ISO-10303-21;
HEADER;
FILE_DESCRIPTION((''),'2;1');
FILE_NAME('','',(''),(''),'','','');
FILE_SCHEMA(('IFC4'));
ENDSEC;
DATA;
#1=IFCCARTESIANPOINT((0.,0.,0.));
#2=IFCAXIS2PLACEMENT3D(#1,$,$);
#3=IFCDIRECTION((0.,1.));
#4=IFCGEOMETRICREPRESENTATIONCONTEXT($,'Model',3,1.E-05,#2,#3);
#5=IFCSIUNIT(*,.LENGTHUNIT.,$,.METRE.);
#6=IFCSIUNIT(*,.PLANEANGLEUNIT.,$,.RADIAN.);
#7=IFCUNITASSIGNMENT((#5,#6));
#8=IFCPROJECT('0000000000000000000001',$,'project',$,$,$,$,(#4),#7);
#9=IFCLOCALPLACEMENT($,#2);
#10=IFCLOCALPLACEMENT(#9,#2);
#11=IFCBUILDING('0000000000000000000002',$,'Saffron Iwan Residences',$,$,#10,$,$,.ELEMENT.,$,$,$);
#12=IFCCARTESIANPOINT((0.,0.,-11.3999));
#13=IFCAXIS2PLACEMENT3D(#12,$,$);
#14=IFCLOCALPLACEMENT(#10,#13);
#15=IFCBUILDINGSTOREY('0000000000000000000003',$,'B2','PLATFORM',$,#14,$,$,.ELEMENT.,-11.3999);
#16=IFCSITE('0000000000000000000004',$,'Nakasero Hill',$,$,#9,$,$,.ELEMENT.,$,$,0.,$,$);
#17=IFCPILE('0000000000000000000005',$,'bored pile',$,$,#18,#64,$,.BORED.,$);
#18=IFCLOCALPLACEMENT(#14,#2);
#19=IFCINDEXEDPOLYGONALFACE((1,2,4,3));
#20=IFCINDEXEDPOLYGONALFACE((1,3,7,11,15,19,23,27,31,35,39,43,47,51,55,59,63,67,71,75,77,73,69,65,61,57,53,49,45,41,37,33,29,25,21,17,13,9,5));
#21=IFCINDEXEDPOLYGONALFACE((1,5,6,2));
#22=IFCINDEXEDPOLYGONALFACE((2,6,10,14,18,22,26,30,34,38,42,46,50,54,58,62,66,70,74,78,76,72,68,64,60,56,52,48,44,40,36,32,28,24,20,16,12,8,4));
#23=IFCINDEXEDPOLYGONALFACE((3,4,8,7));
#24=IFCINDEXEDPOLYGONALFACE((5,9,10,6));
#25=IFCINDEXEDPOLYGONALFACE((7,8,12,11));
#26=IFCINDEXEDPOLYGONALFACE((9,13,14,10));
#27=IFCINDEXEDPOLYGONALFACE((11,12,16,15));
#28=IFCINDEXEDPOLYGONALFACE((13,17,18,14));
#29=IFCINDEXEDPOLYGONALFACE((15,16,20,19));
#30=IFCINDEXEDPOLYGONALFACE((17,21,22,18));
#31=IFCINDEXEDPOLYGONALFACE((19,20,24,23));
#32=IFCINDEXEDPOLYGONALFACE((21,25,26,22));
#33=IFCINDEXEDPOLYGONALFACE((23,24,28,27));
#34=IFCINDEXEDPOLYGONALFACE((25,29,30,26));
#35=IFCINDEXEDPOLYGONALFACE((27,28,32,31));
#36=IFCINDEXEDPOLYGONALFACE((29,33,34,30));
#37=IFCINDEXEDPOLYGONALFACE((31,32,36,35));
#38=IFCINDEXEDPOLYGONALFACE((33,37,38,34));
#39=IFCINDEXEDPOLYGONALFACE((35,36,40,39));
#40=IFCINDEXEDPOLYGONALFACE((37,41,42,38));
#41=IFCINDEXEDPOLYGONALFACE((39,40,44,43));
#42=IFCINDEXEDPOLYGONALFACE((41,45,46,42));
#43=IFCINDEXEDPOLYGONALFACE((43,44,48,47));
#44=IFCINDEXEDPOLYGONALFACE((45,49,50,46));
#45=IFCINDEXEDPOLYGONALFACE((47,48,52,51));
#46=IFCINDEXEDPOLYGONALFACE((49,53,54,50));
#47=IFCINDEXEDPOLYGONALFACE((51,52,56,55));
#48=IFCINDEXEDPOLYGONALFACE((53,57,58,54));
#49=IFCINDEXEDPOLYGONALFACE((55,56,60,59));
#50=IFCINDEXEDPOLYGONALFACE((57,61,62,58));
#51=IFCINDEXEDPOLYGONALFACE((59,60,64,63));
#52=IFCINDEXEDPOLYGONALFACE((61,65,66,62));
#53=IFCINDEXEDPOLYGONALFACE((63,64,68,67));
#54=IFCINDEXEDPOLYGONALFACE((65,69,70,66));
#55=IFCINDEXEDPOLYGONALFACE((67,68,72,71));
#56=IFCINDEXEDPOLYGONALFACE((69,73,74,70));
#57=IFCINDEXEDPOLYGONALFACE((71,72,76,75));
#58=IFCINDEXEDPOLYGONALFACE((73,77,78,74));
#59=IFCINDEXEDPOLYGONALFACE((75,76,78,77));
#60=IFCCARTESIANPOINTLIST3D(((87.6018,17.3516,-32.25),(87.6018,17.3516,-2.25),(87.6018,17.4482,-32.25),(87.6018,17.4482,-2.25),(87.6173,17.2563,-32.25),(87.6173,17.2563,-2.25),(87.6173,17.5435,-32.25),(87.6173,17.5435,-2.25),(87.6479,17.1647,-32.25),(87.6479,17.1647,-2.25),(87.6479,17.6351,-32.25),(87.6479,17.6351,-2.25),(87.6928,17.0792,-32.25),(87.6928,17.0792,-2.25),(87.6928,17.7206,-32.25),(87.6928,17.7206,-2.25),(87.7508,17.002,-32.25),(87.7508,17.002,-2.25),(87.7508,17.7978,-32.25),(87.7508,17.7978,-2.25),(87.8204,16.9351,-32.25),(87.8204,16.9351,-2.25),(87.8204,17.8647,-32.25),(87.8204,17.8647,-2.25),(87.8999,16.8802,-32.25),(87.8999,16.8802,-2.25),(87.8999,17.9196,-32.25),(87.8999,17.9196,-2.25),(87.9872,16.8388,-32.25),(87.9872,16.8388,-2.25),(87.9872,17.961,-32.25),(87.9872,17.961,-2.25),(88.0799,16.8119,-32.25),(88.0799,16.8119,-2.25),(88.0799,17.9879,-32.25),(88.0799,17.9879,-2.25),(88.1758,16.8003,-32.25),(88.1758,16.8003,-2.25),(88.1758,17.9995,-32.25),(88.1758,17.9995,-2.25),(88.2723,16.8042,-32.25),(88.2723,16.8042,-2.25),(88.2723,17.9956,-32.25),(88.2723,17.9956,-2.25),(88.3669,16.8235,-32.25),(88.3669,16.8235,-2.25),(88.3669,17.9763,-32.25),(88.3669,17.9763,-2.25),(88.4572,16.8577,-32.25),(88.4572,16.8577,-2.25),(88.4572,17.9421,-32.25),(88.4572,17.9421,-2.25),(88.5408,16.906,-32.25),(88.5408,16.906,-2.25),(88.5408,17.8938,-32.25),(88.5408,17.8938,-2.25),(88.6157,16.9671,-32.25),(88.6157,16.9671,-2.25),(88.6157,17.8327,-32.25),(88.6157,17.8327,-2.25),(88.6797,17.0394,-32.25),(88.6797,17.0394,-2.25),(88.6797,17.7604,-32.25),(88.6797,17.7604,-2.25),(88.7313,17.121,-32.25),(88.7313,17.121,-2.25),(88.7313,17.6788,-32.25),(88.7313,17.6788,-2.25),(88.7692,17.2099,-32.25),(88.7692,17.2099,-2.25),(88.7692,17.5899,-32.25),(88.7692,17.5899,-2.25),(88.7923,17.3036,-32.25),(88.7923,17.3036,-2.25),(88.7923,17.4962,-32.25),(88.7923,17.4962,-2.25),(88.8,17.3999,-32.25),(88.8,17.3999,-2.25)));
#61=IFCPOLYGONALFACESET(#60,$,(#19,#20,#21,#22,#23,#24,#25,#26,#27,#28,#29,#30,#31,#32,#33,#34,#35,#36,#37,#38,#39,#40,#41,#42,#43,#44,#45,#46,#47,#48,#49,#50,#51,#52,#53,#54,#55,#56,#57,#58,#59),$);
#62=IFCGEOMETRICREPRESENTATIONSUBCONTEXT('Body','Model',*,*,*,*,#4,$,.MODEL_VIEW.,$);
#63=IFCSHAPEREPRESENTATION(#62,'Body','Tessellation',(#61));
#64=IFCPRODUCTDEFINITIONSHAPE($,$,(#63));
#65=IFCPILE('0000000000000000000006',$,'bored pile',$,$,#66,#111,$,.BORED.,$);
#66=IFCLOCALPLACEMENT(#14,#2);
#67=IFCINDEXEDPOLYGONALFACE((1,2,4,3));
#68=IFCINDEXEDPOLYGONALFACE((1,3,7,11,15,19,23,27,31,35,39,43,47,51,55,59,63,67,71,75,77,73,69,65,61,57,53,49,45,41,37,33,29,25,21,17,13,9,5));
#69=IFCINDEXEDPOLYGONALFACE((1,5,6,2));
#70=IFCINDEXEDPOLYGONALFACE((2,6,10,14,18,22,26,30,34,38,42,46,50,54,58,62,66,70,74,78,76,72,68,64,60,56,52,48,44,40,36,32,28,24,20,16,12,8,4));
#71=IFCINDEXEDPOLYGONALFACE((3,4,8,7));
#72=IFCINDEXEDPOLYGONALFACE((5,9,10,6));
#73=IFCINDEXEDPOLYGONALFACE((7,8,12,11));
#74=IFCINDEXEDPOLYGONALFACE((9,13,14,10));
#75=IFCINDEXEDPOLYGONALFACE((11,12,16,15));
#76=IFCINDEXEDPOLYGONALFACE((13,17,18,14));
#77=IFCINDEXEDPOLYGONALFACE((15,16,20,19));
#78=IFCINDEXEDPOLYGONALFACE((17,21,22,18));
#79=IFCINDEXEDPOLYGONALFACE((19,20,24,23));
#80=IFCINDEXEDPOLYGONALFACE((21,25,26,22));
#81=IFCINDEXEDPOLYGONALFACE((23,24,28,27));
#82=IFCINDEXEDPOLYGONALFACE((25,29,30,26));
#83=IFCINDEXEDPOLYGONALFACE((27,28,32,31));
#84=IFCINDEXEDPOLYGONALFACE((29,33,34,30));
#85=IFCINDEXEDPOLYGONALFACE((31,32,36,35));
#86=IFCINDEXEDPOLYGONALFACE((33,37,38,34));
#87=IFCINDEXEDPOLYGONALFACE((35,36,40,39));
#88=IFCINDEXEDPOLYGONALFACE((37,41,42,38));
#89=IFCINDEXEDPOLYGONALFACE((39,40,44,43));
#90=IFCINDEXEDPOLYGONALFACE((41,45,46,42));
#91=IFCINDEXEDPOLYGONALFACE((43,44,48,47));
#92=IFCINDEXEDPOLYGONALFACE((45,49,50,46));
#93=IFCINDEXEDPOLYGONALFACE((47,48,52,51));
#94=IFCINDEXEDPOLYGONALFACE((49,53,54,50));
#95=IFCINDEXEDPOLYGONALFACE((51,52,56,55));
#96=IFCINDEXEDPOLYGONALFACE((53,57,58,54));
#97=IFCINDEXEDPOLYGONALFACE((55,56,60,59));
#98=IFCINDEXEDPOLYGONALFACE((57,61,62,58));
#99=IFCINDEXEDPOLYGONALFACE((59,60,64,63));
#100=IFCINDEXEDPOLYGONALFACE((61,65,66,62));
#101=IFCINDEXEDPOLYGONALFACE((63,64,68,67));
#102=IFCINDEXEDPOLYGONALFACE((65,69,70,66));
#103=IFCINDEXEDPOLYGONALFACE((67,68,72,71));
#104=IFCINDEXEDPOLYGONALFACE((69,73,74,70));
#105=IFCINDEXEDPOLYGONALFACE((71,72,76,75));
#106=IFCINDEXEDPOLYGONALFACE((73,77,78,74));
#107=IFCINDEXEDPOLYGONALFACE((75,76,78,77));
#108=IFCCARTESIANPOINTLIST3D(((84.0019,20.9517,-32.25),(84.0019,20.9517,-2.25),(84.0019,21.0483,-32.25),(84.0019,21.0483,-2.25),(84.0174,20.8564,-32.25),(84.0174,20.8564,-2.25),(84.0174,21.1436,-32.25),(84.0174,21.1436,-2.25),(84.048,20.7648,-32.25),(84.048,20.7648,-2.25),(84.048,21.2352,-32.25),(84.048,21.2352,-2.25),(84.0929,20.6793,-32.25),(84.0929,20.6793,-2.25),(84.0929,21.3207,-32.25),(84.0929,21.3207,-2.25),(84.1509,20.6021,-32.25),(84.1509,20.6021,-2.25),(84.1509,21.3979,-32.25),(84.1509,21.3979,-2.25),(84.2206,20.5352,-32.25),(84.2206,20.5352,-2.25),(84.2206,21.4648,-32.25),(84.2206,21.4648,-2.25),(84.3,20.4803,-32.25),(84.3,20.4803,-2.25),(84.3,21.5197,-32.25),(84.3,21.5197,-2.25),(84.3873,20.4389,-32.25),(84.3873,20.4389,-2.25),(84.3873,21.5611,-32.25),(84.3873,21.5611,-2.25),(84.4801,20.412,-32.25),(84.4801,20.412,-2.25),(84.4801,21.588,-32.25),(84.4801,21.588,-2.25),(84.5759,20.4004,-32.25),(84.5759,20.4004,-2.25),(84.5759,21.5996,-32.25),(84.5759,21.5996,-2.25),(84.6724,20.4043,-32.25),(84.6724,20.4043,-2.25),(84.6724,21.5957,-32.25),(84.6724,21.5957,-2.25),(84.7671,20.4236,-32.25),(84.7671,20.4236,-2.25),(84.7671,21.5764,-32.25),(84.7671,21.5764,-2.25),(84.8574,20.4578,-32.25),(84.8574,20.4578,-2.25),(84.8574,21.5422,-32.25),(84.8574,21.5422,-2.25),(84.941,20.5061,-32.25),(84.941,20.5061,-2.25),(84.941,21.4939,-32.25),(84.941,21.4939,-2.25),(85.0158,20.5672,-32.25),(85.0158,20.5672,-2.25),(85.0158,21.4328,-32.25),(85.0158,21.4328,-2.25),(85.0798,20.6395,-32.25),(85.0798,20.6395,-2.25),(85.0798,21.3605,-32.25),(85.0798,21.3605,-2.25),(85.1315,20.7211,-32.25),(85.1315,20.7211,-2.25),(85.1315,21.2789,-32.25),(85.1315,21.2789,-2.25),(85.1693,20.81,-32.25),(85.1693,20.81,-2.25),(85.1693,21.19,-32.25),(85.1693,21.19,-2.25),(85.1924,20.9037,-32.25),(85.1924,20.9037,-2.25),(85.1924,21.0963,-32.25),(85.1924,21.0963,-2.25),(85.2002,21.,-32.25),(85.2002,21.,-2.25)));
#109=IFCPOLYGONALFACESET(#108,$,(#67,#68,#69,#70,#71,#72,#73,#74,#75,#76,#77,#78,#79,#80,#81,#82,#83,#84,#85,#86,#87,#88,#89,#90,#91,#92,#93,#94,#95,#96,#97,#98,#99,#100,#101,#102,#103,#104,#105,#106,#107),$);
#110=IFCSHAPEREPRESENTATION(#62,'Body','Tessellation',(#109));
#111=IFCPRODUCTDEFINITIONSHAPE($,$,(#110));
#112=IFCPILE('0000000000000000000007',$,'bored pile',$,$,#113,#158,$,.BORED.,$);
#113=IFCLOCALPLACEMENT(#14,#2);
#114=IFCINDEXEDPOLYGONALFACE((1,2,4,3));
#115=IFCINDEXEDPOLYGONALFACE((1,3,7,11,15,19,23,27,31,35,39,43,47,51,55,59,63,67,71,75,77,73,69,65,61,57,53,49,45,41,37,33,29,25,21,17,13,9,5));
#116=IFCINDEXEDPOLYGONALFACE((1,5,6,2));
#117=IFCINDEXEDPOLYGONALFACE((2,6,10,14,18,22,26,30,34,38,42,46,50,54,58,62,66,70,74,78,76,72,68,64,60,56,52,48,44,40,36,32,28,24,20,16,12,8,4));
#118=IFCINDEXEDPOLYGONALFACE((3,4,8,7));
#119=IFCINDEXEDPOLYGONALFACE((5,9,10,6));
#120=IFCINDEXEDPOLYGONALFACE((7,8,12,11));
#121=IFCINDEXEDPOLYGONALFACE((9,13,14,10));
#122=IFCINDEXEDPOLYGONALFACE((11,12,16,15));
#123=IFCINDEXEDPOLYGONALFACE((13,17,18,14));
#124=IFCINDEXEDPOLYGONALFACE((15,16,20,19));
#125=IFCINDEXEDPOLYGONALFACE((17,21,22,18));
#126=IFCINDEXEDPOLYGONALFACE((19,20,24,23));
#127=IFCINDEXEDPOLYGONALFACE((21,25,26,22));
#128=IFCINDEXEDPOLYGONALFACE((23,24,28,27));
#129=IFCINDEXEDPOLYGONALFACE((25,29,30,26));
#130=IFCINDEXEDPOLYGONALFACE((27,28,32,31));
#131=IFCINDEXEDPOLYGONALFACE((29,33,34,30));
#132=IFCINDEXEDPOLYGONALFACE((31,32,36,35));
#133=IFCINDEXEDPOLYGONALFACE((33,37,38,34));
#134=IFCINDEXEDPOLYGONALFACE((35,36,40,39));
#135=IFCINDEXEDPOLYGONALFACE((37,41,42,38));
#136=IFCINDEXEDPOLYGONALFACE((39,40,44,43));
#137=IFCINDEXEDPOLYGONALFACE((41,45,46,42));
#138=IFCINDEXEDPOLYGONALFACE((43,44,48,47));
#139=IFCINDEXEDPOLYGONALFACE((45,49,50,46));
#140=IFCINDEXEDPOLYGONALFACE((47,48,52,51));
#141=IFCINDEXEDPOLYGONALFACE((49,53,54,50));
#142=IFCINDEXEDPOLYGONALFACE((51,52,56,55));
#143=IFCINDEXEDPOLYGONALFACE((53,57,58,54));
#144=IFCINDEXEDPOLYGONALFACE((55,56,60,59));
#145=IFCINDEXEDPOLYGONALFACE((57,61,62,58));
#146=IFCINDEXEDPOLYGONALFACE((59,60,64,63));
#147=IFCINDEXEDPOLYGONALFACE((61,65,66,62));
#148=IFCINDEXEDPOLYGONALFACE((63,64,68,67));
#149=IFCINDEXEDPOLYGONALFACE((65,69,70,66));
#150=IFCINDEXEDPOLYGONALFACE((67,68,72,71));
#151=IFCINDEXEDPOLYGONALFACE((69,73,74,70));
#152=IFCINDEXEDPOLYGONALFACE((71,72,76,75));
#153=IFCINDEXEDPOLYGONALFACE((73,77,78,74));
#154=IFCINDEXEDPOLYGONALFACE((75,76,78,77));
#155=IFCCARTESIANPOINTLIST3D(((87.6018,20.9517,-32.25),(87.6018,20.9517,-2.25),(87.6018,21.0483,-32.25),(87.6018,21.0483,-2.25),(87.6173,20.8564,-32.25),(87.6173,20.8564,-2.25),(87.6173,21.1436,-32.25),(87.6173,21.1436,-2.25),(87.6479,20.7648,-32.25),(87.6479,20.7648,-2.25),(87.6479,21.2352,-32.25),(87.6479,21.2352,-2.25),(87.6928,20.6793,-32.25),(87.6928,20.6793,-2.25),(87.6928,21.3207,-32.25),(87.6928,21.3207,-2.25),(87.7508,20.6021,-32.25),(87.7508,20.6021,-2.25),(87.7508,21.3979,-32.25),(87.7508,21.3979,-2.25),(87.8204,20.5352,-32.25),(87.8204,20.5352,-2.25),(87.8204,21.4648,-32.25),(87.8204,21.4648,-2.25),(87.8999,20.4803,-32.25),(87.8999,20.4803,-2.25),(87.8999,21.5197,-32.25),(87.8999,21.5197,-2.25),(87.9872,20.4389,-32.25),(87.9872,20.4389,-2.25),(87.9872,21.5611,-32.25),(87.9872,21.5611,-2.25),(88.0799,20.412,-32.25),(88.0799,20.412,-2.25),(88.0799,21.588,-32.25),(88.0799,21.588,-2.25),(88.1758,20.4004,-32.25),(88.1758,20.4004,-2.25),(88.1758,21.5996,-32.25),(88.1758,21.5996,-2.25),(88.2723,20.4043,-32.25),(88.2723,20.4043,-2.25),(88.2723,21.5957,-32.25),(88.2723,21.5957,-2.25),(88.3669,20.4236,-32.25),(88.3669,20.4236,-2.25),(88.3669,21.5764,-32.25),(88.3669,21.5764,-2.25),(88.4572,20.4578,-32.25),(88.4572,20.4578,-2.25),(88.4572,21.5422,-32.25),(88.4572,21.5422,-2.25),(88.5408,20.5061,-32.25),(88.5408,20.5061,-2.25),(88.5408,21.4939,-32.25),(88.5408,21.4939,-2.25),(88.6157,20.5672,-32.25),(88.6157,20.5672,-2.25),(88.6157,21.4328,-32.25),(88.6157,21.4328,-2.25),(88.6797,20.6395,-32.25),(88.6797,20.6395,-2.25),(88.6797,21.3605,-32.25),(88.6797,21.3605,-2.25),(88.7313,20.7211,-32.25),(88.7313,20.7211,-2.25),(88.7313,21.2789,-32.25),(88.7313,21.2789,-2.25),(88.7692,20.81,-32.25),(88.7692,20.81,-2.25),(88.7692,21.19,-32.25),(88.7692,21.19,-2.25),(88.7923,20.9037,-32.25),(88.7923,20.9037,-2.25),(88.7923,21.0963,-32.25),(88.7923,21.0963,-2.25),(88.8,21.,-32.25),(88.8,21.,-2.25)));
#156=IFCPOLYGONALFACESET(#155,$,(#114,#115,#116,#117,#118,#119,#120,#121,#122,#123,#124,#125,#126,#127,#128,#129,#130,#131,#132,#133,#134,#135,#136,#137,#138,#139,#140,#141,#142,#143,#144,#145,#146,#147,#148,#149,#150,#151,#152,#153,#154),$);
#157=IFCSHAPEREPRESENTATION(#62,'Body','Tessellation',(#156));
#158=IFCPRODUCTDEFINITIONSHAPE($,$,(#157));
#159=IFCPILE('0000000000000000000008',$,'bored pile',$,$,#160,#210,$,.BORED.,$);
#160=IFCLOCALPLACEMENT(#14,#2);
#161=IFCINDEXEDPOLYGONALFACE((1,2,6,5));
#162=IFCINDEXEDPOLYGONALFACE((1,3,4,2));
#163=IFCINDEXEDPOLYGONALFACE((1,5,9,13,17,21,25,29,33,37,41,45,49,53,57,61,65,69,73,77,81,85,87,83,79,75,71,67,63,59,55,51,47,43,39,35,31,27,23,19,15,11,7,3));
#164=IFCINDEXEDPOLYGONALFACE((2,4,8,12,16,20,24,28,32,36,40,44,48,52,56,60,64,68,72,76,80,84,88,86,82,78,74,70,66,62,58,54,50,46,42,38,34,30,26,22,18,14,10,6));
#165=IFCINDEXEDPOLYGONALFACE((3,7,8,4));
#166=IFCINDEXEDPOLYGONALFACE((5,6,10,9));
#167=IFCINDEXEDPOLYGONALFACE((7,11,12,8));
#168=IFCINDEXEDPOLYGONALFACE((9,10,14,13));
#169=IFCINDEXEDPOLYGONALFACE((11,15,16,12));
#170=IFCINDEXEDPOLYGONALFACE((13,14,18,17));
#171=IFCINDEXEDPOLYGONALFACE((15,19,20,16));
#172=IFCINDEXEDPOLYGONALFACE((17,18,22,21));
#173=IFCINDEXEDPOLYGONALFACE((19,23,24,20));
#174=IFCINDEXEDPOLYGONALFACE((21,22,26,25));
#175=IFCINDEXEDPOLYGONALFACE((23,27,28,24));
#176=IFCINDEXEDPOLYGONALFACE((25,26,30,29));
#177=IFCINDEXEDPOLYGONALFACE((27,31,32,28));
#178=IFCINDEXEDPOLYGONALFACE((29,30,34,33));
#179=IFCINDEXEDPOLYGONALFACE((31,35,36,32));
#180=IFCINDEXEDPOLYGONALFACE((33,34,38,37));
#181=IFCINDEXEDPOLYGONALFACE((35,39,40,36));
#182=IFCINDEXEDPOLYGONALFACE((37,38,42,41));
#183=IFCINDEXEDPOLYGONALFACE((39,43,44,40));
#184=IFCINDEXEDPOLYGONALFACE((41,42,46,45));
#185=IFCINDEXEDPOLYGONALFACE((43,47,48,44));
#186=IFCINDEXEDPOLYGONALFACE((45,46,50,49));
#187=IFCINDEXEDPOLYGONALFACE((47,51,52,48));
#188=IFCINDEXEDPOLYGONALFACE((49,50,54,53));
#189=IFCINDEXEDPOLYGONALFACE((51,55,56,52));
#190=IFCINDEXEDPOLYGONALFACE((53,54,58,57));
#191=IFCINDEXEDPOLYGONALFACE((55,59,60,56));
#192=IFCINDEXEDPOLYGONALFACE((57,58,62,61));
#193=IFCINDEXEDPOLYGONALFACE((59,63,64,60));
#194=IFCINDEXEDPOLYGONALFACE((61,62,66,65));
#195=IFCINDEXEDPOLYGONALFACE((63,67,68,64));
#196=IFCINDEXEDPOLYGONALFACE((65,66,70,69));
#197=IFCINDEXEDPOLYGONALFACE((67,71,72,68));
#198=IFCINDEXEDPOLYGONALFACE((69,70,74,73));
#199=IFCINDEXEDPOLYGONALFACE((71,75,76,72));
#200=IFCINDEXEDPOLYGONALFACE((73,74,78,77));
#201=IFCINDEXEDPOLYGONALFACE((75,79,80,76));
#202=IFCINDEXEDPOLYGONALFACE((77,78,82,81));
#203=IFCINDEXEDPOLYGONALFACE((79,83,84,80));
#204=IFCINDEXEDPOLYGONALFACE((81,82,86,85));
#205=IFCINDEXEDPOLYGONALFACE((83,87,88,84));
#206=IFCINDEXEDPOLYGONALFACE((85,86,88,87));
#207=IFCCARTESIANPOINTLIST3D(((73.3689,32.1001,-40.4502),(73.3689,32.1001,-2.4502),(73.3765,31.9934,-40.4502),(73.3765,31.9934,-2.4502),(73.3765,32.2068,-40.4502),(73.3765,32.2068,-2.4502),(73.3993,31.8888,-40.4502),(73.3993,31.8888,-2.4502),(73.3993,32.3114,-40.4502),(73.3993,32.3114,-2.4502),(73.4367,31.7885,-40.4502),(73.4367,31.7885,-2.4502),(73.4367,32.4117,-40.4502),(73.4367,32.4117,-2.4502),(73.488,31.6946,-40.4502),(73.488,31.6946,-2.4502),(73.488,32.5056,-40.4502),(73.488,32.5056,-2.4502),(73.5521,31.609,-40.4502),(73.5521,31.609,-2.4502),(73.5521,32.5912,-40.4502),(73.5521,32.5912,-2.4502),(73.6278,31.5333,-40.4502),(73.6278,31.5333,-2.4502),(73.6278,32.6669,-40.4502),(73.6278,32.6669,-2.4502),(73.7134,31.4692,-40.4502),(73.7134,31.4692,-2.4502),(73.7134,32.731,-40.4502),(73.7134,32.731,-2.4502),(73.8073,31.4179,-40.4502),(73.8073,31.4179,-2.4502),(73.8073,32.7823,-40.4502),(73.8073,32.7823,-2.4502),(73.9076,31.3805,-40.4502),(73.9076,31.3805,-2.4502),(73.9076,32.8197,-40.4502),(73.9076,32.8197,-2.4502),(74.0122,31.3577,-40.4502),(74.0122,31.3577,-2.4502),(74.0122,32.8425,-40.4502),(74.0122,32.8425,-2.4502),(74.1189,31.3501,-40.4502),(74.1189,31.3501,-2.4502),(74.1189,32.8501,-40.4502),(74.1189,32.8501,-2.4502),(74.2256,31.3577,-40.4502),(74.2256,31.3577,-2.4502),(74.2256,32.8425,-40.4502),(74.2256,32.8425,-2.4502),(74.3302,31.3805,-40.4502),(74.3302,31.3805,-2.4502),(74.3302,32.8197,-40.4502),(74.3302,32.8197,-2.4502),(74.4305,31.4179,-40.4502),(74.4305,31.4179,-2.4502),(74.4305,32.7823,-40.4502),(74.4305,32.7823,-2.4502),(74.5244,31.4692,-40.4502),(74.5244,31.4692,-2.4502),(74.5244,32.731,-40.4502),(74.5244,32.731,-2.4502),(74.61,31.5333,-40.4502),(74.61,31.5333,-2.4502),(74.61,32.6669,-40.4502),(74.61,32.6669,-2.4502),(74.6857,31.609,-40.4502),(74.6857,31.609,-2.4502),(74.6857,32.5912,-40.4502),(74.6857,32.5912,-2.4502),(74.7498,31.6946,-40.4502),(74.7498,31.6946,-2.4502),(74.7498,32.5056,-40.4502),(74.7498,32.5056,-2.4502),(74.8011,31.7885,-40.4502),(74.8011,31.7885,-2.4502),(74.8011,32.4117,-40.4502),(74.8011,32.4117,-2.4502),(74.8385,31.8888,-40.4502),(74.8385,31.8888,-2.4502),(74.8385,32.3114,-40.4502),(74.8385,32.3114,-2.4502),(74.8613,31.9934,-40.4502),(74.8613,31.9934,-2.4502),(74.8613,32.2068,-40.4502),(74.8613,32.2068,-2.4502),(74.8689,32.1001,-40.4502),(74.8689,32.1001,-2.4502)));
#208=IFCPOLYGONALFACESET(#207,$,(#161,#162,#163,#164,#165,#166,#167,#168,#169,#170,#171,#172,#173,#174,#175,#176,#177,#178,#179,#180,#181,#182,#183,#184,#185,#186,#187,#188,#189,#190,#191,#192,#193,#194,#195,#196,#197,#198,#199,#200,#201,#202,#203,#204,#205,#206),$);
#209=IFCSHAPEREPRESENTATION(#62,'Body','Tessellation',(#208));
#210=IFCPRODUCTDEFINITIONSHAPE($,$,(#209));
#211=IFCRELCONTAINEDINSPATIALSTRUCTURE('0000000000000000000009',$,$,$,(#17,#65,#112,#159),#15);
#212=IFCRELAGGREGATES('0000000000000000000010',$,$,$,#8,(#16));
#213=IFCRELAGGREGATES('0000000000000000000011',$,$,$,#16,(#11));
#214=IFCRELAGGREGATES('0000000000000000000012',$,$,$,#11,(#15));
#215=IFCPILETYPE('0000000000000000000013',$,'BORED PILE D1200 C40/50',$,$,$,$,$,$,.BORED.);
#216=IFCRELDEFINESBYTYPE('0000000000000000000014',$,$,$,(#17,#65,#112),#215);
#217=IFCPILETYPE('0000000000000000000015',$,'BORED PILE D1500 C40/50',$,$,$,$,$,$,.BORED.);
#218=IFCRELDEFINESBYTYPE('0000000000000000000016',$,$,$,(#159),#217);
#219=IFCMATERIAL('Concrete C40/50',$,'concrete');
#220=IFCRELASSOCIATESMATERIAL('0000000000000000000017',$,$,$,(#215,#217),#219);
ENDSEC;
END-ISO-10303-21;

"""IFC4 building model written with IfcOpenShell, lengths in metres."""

from ifc_helpers import new_model, si_unit, direction, frame, origin, origin_2d, place, context, subcontext, project, spatial, circle, extrude, material, material_profile, profile_set, type_object, element, save


model = new_model("IFC4")

# Units and contexts
model_context = context("Model", 3, precision=1e-05, world=origin(), true_north=direction((0.0, 1.0)))
body_context = subcontext(model_context, "Body", "Model", "MODEL_VIEW")
ifc_project = project(units=[si_unit("LENGTHUNIT", "METRE"), si_unit("PLANEANGLEUNIT", "RADIAN")], contexts=[model_context])

# Site, building, storey
site_placement = place(None, origin())
site = spatial("IfcSite", under=ifc_project, at=site_placement, Name="Nakasero Hill", CompositionType="ELEMENT", RefElevation=0.0)
building_placement = place(site_placement, origin())
building = spatial("IfcBuilding", under=site, at=building_placement, Name="Saffron Iwan Residences", CompositionType="ELEMENT")
storey_placement = place(building_placement, frame((0.0, 0.0, -11.3999)))
storey = spatial("IfcBuildingStorey", under=building, at=storey_placement, Name="B2", Description="PLATFORM", CompositionType="ELEMENT", Elevation=-11.3999)

# Piles
ifc_material_1 = material(Name="Concrete C40/50", Category="concrete")
ifc_material_profile_1 = material_profile(ifc_material_1, circle(Radius=0.6001, at=origin_2d()), Name="RC D1200")
ifc_profile_set_1 = profile_set([ifc_material_profile_1], Name="Concrete C40/50")
pile_type_1 = type_object("IfcPileType", Name="BORED PILE D1200 C40/50", PredefinedType="BORED", material=ifc_profile_set_1)
for number, where, z_axis, x_axis, name in (
    (1, (88.2, 17.3999, -2.25), (0.0, 0.0, -1.0), (1.0, 0.0, 0.0), "bored pile"),
    (2, (84.6001, 21.0, -2.25), (0.0, 0.0, -1.0), (1.0, 0.0, 0.0), "bored pile"),
    (3, (88.2, 21.0, -2.25), (0.0, 0.0, -1.0), (1.0, 0.0, 0.0), "bored pile"),
):
    element("IfcPile", number, at=place(storey_placement, frame(where, z_axis=z_axis, x_axis=x_axis)), inside=storey, type_object=pile_type_1, Name=name, PredefinedType="BORED", context=body_context, shape_type="SweptSolid", body=[
        extrude(circle(Radius=0.6001, at=origin_2d()), origin(), (0.0, 0.0, 1.0), 30.0),
    ])
ifc_material_profile_2 = material_profile(ifc_material_1, circle(Radius=0.75, at=origin_2d()), Name="RC D1500")
ifc_profile_set_2 = profile_set([ifc_material_profile_2], Name="Concrete C40/50")
pile_type_2 = type_object("IfcPileType", Name="BORED PILE D1500 C40/50", PredefinedType="BORED", material=ifc_profile_set_2)
for number, where, z_axis, x_axis, name in (
    (4, (74.1189, 32.1001, -2.4502), (0.0, 0.0, -1.0), (1.0, 0.0, 0.0), "bored pile"),
):
    element("IfcPile", number, at=place(storey_placement, frame(where, z_axis=z_axis, x_axis=x_axis)), inside=storey, type_object=pile_type_2, Name=name, PredefinedType="BORED", context=body_context, shape_type="SweptSolid", body=[
        extrude(circle(Radius=0.75, at=origin_2d()), origin(), (0.0, 0.0, 1.0), 38.0),
    ])

save(model, "model.ifc")
